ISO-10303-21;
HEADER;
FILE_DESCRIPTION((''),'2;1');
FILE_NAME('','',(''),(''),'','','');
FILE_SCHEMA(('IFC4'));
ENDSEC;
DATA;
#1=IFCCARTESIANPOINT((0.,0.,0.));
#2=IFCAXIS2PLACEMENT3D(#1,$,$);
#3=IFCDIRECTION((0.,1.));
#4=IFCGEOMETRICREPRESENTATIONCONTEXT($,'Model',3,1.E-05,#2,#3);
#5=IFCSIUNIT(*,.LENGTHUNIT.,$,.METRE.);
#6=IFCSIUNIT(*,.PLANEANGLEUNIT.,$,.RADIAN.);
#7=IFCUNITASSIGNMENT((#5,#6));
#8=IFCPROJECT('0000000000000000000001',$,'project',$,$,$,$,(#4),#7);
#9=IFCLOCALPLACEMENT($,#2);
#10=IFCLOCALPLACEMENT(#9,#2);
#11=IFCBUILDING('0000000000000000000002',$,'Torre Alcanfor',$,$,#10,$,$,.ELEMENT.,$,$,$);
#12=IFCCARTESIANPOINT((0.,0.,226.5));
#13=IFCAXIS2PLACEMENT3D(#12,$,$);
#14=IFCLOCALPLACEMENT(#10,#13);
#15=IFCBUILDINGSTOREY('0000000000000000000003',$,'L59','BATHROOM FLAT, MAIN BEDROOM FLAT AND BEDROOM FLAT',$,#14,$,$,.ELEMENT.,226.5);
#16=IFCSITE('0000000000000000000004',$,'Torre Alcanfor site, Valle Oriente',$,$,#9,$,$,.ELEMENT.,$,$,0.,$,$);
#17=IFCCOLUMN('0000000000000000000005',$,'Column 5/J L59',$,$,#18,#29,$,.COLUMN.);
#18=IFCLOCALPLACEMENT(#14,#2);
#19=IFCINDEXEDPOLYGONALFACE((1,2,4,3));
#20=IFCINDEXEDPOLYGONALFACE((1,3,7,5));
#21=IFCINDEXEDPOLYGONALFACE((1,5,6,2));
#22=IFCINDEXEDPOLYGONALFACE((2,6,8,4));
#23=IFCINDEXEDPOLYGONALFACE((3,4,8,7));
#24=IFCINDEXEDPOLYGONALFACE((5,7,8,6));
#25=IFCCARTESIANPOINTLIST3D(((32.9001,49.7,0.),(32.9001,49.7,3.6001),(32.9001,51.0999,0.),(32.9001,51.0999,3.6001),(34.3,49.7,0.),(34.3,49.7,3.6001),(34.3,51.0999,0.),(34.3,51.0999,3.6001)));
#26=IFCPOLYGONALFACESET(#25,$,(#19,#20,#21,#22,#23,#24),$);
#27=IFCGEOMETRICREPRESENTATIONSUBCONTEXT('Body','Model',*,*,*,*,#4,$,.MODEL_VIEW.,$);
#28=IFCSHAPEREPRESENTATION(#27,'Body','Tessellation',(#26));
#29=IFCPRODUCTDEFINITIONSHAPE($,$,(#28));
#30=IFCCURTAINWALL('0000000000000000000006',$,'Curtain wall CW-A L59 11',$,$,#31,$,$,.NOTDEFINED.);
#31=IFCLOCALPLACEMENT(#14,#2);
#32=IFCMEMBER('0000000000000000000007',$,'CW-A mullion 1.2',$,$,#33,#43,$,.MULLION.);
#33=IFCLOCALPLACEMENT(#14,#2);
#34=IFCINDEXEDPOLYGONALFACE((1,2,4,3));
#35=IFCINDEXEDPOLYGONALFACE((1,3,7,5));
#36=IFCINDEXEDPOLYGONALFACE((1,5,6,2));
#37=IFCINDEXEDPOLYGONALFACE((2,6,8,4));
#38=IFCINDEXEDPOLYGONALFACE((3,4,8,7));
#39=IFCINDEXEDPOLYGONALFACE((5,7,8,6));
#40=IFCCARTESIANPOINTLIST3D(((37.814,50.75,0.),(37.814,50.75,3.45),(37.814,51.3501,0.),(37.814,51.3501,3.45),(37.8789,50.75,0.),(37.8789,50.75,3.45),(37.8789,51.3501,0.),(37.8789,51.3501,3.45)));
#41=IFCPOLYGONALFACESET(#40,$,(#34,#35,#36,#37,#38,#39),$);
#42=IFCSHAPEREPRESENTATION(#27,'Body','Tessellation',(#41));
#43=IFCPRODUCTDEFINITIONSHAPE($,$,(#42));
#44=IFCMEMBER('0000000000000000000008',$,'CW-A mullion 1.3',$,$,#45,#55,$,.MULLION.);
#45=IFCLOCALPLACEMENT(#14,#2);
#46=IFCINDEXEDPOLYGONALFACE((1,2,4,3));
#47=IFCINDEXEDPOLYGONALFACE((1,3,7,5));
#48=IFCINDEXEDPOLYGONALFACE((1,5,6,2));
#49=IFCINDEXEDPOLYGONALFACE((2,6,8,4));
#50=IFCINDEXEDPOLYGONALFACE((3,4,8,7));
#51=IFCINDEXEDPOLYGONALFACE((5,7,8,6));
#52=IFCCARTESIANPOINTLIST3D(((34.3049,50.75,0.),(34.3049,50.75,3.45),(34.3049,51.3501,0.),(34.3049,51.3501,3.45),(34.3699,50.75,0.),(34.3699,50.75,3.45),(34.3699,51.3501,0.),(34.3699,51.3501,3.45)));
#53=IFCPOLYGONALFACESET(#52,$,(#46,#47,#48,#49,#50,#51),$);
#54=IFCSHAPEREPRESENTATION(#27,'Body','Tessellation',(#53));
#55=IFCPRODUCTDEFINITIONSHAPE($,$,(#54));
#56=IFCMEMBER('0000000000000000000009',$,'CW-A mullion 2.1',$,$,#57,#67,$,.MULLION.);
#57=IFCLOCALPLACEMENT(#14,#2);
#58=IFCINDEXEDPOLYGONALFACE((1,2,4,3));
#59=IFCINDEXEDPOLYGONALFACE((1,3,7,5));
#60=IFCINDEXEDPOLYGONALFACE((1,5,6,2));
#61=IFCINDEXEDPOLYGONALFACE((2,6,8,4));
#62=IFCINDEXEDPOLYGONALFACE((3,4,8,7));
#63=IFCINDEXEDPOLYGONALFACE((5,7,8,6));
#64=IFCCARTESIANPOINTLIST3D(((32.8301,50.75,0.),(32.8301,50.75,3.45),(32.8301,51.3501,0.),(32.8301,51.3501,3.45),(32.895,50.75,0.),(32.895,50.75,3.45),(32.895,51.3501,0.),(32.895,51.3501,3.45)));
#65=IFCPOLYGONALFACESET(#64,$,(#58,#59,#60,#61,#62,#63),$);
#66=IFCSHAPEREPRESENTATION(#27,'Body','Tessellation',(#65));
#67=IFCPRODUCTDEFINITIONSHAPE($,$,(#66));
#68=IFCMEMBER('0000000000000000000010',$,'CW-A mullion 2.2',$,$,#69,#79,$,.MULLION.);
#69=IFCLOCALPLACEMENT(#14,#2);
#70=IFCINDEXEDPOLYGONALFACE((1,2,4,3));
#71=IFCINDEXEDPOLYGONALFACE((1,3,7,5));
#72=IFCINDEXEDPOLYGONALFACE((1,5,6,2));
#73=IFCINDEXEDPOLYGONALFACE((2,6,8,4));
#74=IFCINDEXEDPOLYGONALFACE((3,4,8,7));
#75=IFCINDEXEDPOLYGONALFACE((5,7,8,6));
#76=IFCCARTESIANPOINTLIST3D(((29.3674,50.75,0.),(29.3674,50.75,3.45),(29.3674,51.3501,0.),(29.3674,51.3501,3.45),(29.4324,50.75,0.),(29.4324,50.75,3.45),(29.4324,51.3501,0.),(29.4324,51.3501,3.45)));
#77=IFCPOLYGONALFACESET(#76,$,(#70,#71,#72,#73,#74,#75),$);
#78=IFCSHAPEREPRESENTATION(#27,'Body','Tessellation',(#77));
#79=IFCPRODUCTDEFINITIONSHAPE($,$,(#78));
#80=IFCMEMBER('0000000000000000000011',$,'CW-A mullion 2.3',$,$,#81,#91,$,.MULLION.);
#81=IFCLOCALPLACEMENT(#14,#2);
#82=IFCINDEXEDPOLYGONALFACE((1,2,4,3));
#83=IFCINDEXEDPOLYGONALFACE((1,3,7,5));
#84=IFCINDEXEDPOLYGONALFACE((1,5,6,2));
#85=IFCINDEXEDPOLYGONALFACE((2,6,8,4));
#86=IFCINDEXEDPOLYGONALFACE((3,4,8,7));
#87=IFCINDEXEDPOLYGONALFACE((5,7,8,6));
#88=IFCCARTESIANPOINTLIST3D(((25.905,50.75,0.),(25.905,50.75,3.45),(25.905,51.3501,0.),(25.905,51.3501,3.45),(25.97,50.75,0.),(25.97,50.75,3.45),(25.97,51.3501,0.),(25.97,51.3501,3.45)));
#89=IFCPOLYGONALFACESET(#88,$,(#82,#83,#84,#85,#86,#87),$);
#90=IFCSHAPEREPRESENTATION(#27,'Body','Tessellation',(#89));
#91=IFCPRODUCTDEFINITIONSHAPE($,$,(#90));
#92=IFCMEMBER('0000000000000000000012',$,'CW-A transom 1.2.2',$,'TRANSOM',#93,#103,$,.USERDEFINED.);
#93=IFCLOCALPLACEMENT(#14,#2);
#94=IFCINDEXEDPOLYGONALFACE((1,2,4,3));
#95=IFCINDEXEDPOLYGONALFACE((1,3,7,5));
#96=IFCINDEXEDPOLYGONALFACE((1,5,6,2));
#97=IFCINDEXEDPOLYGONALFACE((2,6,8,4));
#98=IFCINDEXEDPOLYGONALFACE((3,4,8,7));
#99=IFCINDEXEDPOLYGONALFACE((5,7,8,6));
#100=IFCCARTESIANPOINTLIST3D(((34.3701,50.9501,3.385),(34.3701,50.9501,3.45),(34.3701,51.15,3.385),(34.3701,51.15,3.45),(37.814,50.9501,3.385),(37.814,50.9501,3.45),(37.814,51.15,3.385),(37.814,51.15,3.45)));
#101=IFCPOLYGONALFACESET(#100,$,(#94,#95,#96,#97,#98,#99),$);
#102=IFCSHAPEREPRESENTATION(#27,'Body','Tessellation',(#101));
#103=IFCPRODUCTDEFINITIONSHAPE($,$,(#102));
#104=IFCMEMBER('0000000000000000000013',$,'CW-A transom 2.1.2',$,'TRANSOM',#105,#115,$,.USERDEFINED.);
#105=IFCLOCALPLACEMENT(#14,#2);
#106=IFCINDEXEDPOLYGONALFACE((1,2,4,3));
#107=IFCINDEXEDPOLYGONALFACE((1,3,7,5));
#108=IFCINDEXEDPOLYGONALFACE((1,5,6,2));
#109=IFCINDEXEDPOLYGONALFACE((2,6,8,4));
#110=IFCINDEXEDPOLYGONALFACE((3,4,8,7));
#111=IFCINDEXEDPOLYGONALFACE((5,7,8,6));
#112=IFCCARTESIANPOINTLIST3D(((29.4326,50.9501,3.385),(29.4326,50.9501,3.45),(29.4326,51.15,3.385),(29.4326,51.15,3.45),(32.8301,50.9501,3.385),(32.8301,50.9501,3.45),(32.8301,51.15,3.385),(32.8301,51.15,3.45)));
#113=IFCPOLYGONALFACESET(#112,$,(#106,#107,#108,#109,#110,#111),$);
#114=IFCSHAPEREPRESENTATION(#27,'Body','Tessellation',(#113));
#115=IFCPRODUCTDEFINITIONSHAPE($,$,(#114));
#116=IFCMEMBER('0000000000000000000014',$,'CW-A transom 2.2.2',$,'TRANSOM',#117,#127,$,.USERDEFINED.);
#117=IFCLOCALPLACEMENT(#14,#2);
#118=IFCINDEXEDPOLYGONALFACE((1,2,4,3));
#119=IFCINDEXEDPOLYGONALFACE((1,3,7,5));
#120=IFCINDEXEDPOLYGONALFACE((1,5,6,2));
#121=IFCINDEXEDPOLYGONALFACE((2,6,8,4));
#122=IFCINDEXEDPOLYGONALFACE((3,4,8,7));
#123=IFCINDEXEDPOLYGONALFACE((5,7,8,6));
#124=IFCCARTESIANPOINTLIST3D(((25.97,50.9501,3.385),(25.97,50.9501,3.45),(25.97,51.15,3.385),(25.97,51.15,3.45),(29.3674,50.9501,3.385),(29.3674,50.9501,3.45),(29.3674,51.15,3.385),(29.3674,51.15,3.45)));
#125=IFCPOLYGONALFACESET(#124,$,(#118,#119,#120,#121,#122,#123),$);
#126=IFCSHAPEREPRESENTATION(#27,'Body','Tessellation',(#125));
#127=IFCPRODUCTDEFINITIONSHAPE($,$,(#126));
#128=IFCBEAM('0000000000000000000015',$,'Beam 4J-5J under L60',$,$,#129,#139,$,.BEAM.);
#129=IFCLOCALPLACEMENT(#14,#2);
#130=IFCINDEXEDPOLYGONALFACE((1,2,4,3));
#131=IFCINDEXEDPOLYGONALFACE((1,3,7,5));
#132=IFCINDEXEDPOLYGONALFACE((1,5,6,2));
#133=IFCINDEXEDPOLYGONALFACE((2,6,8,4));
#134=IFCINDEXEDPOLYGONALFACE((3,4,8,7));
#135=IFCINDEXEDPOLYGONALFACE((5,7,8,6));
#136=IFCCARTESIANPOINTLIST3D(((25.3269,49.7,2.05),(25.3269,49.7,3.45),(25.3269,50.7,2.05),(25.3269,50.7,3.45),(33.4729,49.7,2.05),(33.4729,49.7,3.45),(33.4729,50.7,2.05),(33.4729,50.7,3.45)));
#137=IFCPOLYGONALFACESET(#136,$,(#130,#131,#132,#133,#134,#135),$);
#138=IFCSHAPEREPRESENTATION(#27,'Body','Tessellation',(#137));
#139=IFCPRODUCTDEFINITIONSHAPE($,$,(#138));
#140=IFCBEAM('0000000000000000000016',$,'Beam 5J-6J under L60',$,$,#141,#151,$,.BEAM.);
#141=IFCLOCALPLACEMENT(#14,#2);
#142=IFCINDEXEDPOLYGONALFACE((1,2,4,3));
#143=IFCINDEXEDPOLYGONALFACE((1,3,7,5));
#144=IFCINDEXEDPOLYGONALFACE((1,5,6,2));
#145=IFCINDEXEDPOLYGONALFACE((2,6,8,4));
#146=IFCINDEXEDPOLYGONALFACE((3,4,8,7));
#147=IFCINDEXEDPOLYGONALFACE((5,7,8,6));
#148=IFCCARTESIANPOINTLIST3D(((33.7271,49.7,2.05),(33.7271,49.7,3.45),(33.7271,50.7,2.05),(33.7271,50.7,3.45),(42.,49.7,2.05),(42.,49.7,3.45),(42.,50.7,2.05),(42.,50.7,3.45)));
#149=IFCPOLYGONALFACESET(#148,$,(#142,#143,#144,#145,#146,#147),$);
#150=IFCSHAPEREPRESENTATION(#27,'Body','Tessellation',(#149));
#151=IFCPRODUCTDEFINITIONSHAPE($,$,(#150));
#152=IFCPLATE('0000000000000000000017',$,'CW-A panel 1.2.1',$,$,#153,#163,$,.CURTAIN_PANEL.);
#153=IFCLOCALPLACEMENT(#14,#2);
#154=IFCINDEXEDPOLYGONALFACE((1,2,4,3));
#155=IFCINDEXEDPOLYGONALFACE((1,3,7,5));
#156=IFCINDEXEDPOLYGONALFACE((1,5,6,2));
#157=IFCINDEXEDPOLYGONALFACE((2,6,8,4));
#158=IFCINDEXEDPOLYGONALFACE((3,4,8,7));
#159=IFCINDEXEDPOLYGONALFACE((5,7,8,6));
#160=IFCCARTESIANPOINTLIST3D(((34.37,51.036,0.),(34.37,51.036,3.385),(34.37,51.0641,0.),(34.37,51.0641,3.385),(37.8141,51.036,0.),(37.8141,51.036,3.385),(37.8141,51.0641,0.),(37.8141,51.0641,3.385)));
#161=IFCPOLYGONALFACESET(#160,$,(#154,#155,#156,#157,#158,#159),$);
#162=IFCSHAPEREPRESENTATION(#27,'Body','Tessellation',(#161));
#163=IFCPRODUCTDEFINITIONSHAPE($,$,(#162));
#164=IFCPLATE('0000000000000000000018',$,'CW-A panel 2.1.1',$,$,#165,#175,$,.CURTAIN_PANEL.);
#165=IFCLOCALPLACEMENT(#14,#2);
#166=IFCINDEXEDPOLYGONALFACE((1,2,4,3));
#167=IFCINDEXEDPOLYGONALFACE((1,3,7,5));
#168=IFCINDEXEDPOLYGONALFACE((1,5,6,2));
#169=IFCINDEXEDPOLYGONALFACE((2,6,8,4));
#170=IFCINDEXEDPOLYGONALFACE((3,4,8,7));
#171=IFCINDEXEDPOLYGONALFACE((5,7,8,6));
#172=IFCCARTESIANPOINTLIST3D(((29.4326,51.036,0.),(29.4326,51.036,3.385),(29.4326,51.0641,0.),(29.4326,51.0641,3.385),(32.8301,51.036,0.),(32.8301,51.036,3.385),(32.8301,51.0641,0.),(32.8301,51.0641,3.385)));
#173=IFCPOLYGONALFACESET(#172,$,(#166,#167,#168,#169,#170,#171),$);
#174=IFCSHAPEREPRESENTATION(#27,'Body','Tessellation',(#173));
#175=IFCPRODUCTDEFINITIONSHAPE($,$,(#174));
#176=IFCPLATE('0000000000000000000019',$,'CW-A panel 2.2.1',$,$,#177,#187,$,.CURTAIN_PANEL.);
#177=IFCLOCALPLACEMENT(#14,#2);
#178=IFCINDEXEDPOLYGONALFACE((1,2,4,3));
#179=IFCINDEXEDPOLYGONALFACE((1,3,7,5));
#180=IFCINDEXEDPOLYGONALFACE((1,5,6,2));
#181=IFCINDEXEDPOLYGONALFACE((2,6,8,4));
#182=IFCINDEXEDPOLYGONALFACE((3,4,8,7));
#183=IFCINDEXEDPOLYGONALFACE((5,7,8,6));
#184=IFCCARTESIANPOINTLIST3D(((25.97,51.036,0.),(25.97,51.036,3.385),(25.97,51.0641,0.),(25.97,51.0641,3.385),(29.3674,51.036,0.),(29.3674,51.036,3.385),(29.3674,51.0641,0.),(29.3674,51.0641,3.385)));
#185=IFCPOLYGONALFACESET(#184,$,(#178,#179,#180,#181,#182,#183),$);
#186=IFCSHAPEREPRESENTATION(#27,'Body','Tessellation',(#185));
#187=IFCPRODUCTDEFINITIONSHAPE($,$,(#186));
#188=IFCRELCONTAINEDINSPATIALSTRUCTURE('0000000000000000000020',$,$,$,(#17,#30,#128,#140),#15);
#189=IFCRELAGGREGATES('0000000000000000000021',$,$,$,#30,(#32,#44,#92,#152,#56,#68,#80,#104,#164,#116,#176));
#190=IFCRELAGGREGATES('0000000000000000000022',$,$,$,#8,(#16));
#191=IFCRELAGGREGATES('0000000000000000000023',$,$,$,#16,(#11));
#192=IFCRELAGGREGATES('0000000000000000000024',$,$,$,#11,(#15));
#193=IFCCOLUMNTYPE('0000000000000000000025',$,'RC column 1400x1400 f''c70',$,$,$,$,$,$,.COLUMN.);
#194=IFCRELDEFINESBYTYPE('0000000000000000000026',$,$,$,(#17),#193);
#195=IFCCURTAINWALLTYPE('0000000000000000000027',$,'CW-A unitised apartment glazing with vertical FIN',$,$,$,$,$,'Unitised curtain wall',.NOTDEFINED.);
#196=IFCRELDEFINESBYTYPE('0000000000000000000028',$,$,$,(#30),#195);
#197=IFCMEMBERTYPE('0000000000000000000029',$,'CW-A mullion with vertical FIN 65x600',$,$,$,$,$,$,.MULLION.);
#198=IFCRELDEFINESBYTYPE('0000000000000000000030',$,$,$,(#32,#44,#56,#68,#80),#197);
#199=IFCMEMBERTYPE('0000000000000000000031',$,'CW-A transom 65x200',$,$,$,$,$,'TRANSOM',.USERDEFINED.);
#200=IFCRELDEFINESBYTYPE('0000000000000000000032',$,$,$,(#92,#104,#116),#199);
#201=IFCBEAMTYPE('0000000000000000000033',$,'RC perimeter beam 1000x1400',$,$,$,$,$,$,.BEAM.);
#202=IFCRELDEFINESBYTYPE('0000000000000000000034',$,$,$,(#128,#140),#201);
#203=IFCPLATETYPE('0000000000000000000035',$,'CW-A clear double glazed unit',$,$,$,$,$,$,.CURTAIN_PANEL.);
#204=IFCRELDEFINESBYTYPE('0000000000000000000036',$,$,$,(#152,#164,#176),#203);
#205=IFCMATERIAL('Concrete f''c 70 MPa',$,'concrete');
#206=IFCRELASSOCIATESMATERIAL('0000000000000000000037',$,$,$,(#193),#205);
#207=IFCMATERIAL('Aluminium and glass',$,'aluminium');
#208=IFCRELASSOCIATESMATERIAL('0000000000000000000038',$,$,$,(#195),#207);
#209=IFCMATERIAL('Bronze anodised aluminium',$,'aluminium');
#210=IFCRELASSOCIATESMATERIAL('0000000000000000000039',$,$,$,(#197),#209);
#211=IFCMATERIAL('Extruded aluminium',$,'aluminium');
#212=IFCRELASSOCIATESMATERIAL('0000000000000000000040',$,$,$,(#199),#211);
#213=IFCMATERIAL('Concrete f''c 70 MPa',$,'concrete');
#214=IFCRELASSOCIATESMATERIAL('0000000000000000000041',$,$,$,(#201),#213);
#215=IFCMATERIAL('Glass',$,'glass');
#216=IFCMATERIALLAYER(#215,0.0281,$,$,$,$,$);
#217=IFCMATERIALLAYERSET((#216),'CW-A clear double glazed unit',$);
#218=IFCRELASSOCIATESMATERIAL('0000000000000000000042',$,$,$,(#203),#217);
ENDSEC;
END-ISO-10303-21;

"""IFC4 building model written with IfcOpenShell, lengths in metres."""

from ifc_helpers import new_model, si_unit, direction, frame, origin, origin_2d, place, context, subcontext, project, spatial, rectangle, extrude, material, layer, layer_set, material_profile, profile_set, type_object, element, aggregate, save


model = new_model("IFC4")

# Units and contexts
model_context = context("Model", 3, precision=1e-05, world=origin(), true_north=direction((0.0, 1.0)))
body_context = subcontext(model_context, "Body", "Model", "MODEL_VIEW")
ifc_project = project(units=[si_unit("LENGTHUNIT", "METRE"), si_unit("PLANEANGLEUNIT", "RADIAN")], contexts=[model_context])

# Site, building, storey
site_placement = place(None, origin())
site = spatial("IfcSite", under=ifc_project, at=site_placement, Name="Torre Alcanfor site, Valle Oriente", CompositionType="ELEMENT", RefElevation=0.0)
building_placement = place(site_placement, origin())
building = spatial("IfcBuilding", under=site, at=building_placement, Name="Torre Alcanfor", CompositionType="ELEMENT")
storey_placement = place(building_placement, frame((0.0, 0.0, 226.5)))
storey = spatial("IfcBuildingStorey", under=building, at=storey_placement, Name="L59", Description="BATHROOM FLAT, MAIN BEDROOM FLAT AND BEDROOM FLAT", CompositionType="ELEMENT", Elevation=226.5)

# Column
ifc_material_1 = material(Name="Concrete f'c 70 MPa", Category="concrete")
ifc_material_profile_1 = material_profile(ifc_material_1, rectangle(XDim=1.3999, YDim=1.3999, at=origin_2d()), Name="1400x1400")
ifc_profile_set_1 = profile_set([ifc_material_profile_1], Name="Concrete f'c 70 MPa")
column_type = type_object("IfcColumnType", Name="RC column 1400x1400 f'c70", PredefinedType="COLUMN", material=ifc_profile_set_1)
column_placement = place(storey_placement, frame((33.6001, 50.3999, 0.0), z_axis=(0.0, 0.0, 1.0), x_axis=(1.0, 0.0, 0.0)))
element("IfcColumn", 1, at=column_placement, inside=storey, type_object=column_type, Name="Column 5/J L59", PredefinedType="COLUMN", context=body_context, shape_type="SweptSolid", body=[
    extrude(rectangle(XDim=1.3999, YDim=1.3999, at=origin_2d()), origin(), (0.0, 0.0, 1.0), 3.6001),
])

# Curtain wall, members
ifc_material_2 = material(Name="Aluminium and glass", Category="aluminium")
curtain_wall_type = type_object("IfcCurtainWallType", Name="CW-A unitised apartment glazing with vertical FIN", ElementType="Unitised curtain wall", PredefinedType="NOTDEFINED", material=ifc_material_2)
curtain_wall_placement = place(storey_placement, origin())
curtain_wall = element("IfcCurtainWall", 2, at=curtain_wall_placement, inside=storey, type_object=curtain_wall_type, Name="Curtain wall CW-A L59 11", PredefinedType="NOTDEFINED")
ifc_material_3 = material(Name="Bronze anodised aluminium", Category="aluminium")
ifc_material_profile_2 = material_profile(ifc_material_3, rectangle(XDim=0.6001, YDim=0.0649, at=origin_2d()), Name="CW-A mullion 65x600")
ifc_profile_set_2 = profile_set([ifc_material_profile_2], Name="Bronze anodised aluminium")
member_type_1 = type_object("IfcMemberType", Name="CW-A mullion with vertical FIN 65x600", PredefinedType="MULLION", material=ifc_profile_set_2)
member_1_placement = place(storey_placement, frame((37.8464, 51.05, 0.0), z_axis=(0.0, 0.0, 1.0), x_axis=(0.0, -1.0, 0.0)))
member_1 = element("IfcMember", 3, at=member_1_placement, type_object=member_type_1, Name="CW-A mullion 1.2", PredefinedType="MULLION", context=body_context, shape_type="SweptSolid", body=[
    extrude(rectangle(XDim=0.6001, YDim=0.0649, at=origin_2d()), origin(), (0.0, 0.0, 1.0), 3.45),
])
member_2_placement = place(storey_placement, frame((34.3374, 51.05, 0.0), z_axis=(0.0, 0.0, 1.0), x_axis=(0.0, -1.0, 0.0)))
member_2 = element("IfcMember", 4, at=member_2_placement, type_object=member_type_1, Name="CW-A mullion 1.3", PredefinedType="MULLION", context=body_context, shape_type="SweptSolid", body=[
    extrude(rectangle(XDim=0.6001, YDim=0.0649, at=origin_2d()), origin(), (0.0, 0.0, 1.0), 3.45),
])
member_3_placement = place(storey_placement, frame((32.8625, 51.05, 0.0), z_axis=(0.0, 0.0, 1.0), x_axis=(0.0, -1.0, 0.0)))
member_3 = element("IfcMember", 5, at=member_3_placement, type_object=member_type_1, Name="CW-A mullion 2.1", PredefinedType="MULLION", context=body_context, shape_type="SweptSolid", body=[
    extrude(rectangle(XDim=0.6001, YDim=0.0649, at=origin_2d()), origin(), (0.0, 0.0, 1.0), 3.45),
])
member_4_placement = place(storey_placement, frame((29.3999, 51.05, 0.0), z_axis=(0.0, 0.0, 1.0), x_axis=(0.0, -1.0, 0.0)))
member_4 = element("IfcMember", 6, at=member_4_placement, type_object=member_type_1, Name="CW-A mullion 2.2", PredefinedType="MULLION", context=body_context, shape_type="SweptSolid", body=[
    extrude(rectangle(XDim=0.6001, YDim=0.0649, at=origin_2d()), origin(), (0.0, 0.0, 1.0), 3.45),
])
member_5_placement = place(storey_placement, frame((25.9375, 51.05, 0.0), z_axis=(0.0, 0.0, 1.0), x_axis=(0.0, -1.0, 0.0)))
member_5 = element("IfcMember", 7, at=member_5_placement, type_object=member_type_1, Name="CW-A mullion 2.3", PredefinedType="MULLION", context=body_context, shape_type="SweptSolid", body=[
    extrude(rectangle(XDim=0.6001, YDim=0.0649, at=origin_2d()), origin(), (0.0, 0.0, 1.0), 3.45),
])
ifc_material_4 = material(Name="Extruded aluminium", Category="aluminium")
ifc_material_profile_3 = material_profile(ifc_material_4, rectangle(XDim=0.2, YDim=0.0649, at=origin_2d()), Name="CW-A transom 200x65")
ifc_profile_set_3 = profile_set([ifc_material_profile_3], Name="Extruded aluminium")
member_type_2 = type_object("IfcMemberType", Name="CW-A transom 65x200", ElementType="TRANSOM", PredefinedType="USERDEFINED", material=ifc_profile_set_3)
member_6_placement = place(storey_placement, frame((37.814, 51.05, 3.4175), z_axis=(-1.0, 0.0, 0.0), x_axis=(0.0, -1.0, 0.0)))
member_6 = element("IfcMember", 8, at=member_6_placement, type_object=member_type_2, Name="CW-A transom 1.2.2", ObjectType="TRANSOM", PredefinedType="USERDEFINED", context=body_context, shape_type="SweptSolid", body=[
    extrude(rectangle(XDim=0.2, YDim=0.0649, at=origin_2d()), origin(), (0.0, 0.0, 1.0), 3.4438),
])
member_7_placement = place(storey_placement, frame((32.8301, 51.05, 3.4175), z_axis=(-1.0, 0.0, 0.0), x_axis=(0.0, -1.0, 0.0)))
member_7 = element("IfcMember", 9, at=member_7_placement, type_object=member_type_2, Name="CW-A transom 2.1.2", ObjectType="TRANSOM", PredefinedType="USERDEFINED", context=body_context, shape_type="SweptSolid", body=[
    extrude(rectangle(XDim=0.2, YDim=0.0649, at=origin_2d()), origin(), (0.0, 0.0, 1.0), 3.3975),
])
member_8_placement = place(storey_placement, frame((29.3674, 51.05, 3.4175), z_axis=(-1.0, 0.0, 0.0), x_axis=(0.0, -1.0, 0.0)))
member_8 = element("IfcMember", 10, at=member_8_placement, type_object=member_type_2, Name="CW-A transom 2.2.2", ObjectType="TRANSOM", PredefinedType="USERDEFINED", context=body_context, shape_type="SweptSolid", body=[
    extrude(rectangle(XDim=0.2, YDim=0.0649, at=origin_2d()), origin(), (0.0, 0.0, 1.0), 3.3975),
])

# Beams
ifc_material_5 = material(Name="Concrete f'c 70 MPa", Category="concrete")
ifc_material_profile_4 = material_profile(ifc_material_5, rectangle(XDim=1.0, YDim=1.3999, at=origin_2d()), Name="1000x1400")
ifc_profile_set_4 = profile_set([ifc_material_profile_4], Name="Concrete f'c 70 MPa")
beam_type = type_object("IfcBeamType", Name="RC perimeter beam 1000x1400", PredefinedType="BEAM", material=ifc_profile_set_4)
beam_1_placement = place(storey_placement, frame((25.3269, 50.2, 2.75), z_axis=(1.0, 0.0, 0.0), x_axis=(0.0, 1.0, 0.0)))
element("IfcBeam", 11, at=beam_1_placement, inside=storey, type_object=beam_type, Name="Beam 4J-5J under L60", PredefinedType="BEAM", context=body_context, shape_type="SweptSolid", body=[
    extrude(rectangle(XDim=1.0, YDim=1.3999, at=origin_2d()), origin(), (0.0, 0.0, 1.0), 8.146),
])
beam_2_placement = place(storey_placement, frame((33.7271, 50.2, 2.75), z_axis=(1.0, 0.0, 0.0), x_axis=(0.0, 1.0, 0.0)))
element("IfcBeam", 12, at=beam_2_placement, inside=storey, type_object=beam_type, Name="Beam 5J-6J under L60", PredefinedType="BEAM", context=body_context, shape_type="SweptSolid", body=[
    extrude(rectangle(XDim=1.0, YDim=1.3999, at=origin_2d()), origin(), (0.0, 0.0, 1.0), 8.2729),
])

# Plates
ifc_material_6 = material(Name="Glass", Category="glass")
ifc_layer_1 = layer(ifc_material_6, 0.0281)
ifc_layer_set_1 = layer_set([ifc_layer_1], Name="CW-A clear double glazed unit")
plate_type = type_object("IfcPlateType", Name="CW-A clear double glazed unit", PredefinedType="CURTAIN_PANEL", material=ifc_layer_set_1)
plate_1_placement = place(storey_placement, frame((36.092, 51.05, 0.0), z_axis=(0.0, 0.0, 1.0), x_axis=(-1.0, 0.0, 0.0)))
plate_1 = element("IfcPlate", 13, at=plate_1_placement, type_object=plate_type, Name="CW-A panel 1.2.1", PredefinedType="CURTAIN_PANEL", context=body_context, shape_type="SweptSolid", body=[
    extrude(rectangle(XDim=3.4441, YDim=0.0281, at=origin_2d()), origin(), (0.0, 0.0, 1.0), 3.385),
])
plate_2_placement = place(storey_placement, frame((31.1313, 51.05, 0.0), z_axis=(0.0, 0.0, 1.0), x_axis=(-1.0, 0.0, 0.0)))
plate_2 = element("IfcPlate", 14, at=plate_2_placement, type_object=plate_type, Name="CW-A panel 2.1.1", PredefinedType="CURTAIN_PANEL", context=body_context, shape_type="SweptSolid", body=[
    extrude(rectangle(XDim=3.3975, YDim=0.0281, at=origin_2d()), origin(), (0.0, 0.0, 1.0), 3.385),
])
plate_3_placement = place(storey_placement, frame((27.6687, 51.05, 0.0), z_axis=(0.0, 0.0, 1.0), x_axis=(-1.0, 0.0, 0.0)))
plate_3 = element("IfcPlate", 15, at=plate_3_placement, type_object=plate_type, Name="CW-A panel 2.2.1", PredefinedType="CURTAIN_PANEL", context=body_context, shape_type="SweptSolid", body=[
    extrude(rectangle(XDim=3.3975, YDim=0.0281, at=origin_2d()), origin(), (0.0, 0.0, 1.0), 3.385),
])
aggregate(curtain_wall, [member_1, member_2, member_6, plate_1, member_3, member_4, member_5, member_7, plate_2, member_8, plate_3])

save(model, "model.ifc")
